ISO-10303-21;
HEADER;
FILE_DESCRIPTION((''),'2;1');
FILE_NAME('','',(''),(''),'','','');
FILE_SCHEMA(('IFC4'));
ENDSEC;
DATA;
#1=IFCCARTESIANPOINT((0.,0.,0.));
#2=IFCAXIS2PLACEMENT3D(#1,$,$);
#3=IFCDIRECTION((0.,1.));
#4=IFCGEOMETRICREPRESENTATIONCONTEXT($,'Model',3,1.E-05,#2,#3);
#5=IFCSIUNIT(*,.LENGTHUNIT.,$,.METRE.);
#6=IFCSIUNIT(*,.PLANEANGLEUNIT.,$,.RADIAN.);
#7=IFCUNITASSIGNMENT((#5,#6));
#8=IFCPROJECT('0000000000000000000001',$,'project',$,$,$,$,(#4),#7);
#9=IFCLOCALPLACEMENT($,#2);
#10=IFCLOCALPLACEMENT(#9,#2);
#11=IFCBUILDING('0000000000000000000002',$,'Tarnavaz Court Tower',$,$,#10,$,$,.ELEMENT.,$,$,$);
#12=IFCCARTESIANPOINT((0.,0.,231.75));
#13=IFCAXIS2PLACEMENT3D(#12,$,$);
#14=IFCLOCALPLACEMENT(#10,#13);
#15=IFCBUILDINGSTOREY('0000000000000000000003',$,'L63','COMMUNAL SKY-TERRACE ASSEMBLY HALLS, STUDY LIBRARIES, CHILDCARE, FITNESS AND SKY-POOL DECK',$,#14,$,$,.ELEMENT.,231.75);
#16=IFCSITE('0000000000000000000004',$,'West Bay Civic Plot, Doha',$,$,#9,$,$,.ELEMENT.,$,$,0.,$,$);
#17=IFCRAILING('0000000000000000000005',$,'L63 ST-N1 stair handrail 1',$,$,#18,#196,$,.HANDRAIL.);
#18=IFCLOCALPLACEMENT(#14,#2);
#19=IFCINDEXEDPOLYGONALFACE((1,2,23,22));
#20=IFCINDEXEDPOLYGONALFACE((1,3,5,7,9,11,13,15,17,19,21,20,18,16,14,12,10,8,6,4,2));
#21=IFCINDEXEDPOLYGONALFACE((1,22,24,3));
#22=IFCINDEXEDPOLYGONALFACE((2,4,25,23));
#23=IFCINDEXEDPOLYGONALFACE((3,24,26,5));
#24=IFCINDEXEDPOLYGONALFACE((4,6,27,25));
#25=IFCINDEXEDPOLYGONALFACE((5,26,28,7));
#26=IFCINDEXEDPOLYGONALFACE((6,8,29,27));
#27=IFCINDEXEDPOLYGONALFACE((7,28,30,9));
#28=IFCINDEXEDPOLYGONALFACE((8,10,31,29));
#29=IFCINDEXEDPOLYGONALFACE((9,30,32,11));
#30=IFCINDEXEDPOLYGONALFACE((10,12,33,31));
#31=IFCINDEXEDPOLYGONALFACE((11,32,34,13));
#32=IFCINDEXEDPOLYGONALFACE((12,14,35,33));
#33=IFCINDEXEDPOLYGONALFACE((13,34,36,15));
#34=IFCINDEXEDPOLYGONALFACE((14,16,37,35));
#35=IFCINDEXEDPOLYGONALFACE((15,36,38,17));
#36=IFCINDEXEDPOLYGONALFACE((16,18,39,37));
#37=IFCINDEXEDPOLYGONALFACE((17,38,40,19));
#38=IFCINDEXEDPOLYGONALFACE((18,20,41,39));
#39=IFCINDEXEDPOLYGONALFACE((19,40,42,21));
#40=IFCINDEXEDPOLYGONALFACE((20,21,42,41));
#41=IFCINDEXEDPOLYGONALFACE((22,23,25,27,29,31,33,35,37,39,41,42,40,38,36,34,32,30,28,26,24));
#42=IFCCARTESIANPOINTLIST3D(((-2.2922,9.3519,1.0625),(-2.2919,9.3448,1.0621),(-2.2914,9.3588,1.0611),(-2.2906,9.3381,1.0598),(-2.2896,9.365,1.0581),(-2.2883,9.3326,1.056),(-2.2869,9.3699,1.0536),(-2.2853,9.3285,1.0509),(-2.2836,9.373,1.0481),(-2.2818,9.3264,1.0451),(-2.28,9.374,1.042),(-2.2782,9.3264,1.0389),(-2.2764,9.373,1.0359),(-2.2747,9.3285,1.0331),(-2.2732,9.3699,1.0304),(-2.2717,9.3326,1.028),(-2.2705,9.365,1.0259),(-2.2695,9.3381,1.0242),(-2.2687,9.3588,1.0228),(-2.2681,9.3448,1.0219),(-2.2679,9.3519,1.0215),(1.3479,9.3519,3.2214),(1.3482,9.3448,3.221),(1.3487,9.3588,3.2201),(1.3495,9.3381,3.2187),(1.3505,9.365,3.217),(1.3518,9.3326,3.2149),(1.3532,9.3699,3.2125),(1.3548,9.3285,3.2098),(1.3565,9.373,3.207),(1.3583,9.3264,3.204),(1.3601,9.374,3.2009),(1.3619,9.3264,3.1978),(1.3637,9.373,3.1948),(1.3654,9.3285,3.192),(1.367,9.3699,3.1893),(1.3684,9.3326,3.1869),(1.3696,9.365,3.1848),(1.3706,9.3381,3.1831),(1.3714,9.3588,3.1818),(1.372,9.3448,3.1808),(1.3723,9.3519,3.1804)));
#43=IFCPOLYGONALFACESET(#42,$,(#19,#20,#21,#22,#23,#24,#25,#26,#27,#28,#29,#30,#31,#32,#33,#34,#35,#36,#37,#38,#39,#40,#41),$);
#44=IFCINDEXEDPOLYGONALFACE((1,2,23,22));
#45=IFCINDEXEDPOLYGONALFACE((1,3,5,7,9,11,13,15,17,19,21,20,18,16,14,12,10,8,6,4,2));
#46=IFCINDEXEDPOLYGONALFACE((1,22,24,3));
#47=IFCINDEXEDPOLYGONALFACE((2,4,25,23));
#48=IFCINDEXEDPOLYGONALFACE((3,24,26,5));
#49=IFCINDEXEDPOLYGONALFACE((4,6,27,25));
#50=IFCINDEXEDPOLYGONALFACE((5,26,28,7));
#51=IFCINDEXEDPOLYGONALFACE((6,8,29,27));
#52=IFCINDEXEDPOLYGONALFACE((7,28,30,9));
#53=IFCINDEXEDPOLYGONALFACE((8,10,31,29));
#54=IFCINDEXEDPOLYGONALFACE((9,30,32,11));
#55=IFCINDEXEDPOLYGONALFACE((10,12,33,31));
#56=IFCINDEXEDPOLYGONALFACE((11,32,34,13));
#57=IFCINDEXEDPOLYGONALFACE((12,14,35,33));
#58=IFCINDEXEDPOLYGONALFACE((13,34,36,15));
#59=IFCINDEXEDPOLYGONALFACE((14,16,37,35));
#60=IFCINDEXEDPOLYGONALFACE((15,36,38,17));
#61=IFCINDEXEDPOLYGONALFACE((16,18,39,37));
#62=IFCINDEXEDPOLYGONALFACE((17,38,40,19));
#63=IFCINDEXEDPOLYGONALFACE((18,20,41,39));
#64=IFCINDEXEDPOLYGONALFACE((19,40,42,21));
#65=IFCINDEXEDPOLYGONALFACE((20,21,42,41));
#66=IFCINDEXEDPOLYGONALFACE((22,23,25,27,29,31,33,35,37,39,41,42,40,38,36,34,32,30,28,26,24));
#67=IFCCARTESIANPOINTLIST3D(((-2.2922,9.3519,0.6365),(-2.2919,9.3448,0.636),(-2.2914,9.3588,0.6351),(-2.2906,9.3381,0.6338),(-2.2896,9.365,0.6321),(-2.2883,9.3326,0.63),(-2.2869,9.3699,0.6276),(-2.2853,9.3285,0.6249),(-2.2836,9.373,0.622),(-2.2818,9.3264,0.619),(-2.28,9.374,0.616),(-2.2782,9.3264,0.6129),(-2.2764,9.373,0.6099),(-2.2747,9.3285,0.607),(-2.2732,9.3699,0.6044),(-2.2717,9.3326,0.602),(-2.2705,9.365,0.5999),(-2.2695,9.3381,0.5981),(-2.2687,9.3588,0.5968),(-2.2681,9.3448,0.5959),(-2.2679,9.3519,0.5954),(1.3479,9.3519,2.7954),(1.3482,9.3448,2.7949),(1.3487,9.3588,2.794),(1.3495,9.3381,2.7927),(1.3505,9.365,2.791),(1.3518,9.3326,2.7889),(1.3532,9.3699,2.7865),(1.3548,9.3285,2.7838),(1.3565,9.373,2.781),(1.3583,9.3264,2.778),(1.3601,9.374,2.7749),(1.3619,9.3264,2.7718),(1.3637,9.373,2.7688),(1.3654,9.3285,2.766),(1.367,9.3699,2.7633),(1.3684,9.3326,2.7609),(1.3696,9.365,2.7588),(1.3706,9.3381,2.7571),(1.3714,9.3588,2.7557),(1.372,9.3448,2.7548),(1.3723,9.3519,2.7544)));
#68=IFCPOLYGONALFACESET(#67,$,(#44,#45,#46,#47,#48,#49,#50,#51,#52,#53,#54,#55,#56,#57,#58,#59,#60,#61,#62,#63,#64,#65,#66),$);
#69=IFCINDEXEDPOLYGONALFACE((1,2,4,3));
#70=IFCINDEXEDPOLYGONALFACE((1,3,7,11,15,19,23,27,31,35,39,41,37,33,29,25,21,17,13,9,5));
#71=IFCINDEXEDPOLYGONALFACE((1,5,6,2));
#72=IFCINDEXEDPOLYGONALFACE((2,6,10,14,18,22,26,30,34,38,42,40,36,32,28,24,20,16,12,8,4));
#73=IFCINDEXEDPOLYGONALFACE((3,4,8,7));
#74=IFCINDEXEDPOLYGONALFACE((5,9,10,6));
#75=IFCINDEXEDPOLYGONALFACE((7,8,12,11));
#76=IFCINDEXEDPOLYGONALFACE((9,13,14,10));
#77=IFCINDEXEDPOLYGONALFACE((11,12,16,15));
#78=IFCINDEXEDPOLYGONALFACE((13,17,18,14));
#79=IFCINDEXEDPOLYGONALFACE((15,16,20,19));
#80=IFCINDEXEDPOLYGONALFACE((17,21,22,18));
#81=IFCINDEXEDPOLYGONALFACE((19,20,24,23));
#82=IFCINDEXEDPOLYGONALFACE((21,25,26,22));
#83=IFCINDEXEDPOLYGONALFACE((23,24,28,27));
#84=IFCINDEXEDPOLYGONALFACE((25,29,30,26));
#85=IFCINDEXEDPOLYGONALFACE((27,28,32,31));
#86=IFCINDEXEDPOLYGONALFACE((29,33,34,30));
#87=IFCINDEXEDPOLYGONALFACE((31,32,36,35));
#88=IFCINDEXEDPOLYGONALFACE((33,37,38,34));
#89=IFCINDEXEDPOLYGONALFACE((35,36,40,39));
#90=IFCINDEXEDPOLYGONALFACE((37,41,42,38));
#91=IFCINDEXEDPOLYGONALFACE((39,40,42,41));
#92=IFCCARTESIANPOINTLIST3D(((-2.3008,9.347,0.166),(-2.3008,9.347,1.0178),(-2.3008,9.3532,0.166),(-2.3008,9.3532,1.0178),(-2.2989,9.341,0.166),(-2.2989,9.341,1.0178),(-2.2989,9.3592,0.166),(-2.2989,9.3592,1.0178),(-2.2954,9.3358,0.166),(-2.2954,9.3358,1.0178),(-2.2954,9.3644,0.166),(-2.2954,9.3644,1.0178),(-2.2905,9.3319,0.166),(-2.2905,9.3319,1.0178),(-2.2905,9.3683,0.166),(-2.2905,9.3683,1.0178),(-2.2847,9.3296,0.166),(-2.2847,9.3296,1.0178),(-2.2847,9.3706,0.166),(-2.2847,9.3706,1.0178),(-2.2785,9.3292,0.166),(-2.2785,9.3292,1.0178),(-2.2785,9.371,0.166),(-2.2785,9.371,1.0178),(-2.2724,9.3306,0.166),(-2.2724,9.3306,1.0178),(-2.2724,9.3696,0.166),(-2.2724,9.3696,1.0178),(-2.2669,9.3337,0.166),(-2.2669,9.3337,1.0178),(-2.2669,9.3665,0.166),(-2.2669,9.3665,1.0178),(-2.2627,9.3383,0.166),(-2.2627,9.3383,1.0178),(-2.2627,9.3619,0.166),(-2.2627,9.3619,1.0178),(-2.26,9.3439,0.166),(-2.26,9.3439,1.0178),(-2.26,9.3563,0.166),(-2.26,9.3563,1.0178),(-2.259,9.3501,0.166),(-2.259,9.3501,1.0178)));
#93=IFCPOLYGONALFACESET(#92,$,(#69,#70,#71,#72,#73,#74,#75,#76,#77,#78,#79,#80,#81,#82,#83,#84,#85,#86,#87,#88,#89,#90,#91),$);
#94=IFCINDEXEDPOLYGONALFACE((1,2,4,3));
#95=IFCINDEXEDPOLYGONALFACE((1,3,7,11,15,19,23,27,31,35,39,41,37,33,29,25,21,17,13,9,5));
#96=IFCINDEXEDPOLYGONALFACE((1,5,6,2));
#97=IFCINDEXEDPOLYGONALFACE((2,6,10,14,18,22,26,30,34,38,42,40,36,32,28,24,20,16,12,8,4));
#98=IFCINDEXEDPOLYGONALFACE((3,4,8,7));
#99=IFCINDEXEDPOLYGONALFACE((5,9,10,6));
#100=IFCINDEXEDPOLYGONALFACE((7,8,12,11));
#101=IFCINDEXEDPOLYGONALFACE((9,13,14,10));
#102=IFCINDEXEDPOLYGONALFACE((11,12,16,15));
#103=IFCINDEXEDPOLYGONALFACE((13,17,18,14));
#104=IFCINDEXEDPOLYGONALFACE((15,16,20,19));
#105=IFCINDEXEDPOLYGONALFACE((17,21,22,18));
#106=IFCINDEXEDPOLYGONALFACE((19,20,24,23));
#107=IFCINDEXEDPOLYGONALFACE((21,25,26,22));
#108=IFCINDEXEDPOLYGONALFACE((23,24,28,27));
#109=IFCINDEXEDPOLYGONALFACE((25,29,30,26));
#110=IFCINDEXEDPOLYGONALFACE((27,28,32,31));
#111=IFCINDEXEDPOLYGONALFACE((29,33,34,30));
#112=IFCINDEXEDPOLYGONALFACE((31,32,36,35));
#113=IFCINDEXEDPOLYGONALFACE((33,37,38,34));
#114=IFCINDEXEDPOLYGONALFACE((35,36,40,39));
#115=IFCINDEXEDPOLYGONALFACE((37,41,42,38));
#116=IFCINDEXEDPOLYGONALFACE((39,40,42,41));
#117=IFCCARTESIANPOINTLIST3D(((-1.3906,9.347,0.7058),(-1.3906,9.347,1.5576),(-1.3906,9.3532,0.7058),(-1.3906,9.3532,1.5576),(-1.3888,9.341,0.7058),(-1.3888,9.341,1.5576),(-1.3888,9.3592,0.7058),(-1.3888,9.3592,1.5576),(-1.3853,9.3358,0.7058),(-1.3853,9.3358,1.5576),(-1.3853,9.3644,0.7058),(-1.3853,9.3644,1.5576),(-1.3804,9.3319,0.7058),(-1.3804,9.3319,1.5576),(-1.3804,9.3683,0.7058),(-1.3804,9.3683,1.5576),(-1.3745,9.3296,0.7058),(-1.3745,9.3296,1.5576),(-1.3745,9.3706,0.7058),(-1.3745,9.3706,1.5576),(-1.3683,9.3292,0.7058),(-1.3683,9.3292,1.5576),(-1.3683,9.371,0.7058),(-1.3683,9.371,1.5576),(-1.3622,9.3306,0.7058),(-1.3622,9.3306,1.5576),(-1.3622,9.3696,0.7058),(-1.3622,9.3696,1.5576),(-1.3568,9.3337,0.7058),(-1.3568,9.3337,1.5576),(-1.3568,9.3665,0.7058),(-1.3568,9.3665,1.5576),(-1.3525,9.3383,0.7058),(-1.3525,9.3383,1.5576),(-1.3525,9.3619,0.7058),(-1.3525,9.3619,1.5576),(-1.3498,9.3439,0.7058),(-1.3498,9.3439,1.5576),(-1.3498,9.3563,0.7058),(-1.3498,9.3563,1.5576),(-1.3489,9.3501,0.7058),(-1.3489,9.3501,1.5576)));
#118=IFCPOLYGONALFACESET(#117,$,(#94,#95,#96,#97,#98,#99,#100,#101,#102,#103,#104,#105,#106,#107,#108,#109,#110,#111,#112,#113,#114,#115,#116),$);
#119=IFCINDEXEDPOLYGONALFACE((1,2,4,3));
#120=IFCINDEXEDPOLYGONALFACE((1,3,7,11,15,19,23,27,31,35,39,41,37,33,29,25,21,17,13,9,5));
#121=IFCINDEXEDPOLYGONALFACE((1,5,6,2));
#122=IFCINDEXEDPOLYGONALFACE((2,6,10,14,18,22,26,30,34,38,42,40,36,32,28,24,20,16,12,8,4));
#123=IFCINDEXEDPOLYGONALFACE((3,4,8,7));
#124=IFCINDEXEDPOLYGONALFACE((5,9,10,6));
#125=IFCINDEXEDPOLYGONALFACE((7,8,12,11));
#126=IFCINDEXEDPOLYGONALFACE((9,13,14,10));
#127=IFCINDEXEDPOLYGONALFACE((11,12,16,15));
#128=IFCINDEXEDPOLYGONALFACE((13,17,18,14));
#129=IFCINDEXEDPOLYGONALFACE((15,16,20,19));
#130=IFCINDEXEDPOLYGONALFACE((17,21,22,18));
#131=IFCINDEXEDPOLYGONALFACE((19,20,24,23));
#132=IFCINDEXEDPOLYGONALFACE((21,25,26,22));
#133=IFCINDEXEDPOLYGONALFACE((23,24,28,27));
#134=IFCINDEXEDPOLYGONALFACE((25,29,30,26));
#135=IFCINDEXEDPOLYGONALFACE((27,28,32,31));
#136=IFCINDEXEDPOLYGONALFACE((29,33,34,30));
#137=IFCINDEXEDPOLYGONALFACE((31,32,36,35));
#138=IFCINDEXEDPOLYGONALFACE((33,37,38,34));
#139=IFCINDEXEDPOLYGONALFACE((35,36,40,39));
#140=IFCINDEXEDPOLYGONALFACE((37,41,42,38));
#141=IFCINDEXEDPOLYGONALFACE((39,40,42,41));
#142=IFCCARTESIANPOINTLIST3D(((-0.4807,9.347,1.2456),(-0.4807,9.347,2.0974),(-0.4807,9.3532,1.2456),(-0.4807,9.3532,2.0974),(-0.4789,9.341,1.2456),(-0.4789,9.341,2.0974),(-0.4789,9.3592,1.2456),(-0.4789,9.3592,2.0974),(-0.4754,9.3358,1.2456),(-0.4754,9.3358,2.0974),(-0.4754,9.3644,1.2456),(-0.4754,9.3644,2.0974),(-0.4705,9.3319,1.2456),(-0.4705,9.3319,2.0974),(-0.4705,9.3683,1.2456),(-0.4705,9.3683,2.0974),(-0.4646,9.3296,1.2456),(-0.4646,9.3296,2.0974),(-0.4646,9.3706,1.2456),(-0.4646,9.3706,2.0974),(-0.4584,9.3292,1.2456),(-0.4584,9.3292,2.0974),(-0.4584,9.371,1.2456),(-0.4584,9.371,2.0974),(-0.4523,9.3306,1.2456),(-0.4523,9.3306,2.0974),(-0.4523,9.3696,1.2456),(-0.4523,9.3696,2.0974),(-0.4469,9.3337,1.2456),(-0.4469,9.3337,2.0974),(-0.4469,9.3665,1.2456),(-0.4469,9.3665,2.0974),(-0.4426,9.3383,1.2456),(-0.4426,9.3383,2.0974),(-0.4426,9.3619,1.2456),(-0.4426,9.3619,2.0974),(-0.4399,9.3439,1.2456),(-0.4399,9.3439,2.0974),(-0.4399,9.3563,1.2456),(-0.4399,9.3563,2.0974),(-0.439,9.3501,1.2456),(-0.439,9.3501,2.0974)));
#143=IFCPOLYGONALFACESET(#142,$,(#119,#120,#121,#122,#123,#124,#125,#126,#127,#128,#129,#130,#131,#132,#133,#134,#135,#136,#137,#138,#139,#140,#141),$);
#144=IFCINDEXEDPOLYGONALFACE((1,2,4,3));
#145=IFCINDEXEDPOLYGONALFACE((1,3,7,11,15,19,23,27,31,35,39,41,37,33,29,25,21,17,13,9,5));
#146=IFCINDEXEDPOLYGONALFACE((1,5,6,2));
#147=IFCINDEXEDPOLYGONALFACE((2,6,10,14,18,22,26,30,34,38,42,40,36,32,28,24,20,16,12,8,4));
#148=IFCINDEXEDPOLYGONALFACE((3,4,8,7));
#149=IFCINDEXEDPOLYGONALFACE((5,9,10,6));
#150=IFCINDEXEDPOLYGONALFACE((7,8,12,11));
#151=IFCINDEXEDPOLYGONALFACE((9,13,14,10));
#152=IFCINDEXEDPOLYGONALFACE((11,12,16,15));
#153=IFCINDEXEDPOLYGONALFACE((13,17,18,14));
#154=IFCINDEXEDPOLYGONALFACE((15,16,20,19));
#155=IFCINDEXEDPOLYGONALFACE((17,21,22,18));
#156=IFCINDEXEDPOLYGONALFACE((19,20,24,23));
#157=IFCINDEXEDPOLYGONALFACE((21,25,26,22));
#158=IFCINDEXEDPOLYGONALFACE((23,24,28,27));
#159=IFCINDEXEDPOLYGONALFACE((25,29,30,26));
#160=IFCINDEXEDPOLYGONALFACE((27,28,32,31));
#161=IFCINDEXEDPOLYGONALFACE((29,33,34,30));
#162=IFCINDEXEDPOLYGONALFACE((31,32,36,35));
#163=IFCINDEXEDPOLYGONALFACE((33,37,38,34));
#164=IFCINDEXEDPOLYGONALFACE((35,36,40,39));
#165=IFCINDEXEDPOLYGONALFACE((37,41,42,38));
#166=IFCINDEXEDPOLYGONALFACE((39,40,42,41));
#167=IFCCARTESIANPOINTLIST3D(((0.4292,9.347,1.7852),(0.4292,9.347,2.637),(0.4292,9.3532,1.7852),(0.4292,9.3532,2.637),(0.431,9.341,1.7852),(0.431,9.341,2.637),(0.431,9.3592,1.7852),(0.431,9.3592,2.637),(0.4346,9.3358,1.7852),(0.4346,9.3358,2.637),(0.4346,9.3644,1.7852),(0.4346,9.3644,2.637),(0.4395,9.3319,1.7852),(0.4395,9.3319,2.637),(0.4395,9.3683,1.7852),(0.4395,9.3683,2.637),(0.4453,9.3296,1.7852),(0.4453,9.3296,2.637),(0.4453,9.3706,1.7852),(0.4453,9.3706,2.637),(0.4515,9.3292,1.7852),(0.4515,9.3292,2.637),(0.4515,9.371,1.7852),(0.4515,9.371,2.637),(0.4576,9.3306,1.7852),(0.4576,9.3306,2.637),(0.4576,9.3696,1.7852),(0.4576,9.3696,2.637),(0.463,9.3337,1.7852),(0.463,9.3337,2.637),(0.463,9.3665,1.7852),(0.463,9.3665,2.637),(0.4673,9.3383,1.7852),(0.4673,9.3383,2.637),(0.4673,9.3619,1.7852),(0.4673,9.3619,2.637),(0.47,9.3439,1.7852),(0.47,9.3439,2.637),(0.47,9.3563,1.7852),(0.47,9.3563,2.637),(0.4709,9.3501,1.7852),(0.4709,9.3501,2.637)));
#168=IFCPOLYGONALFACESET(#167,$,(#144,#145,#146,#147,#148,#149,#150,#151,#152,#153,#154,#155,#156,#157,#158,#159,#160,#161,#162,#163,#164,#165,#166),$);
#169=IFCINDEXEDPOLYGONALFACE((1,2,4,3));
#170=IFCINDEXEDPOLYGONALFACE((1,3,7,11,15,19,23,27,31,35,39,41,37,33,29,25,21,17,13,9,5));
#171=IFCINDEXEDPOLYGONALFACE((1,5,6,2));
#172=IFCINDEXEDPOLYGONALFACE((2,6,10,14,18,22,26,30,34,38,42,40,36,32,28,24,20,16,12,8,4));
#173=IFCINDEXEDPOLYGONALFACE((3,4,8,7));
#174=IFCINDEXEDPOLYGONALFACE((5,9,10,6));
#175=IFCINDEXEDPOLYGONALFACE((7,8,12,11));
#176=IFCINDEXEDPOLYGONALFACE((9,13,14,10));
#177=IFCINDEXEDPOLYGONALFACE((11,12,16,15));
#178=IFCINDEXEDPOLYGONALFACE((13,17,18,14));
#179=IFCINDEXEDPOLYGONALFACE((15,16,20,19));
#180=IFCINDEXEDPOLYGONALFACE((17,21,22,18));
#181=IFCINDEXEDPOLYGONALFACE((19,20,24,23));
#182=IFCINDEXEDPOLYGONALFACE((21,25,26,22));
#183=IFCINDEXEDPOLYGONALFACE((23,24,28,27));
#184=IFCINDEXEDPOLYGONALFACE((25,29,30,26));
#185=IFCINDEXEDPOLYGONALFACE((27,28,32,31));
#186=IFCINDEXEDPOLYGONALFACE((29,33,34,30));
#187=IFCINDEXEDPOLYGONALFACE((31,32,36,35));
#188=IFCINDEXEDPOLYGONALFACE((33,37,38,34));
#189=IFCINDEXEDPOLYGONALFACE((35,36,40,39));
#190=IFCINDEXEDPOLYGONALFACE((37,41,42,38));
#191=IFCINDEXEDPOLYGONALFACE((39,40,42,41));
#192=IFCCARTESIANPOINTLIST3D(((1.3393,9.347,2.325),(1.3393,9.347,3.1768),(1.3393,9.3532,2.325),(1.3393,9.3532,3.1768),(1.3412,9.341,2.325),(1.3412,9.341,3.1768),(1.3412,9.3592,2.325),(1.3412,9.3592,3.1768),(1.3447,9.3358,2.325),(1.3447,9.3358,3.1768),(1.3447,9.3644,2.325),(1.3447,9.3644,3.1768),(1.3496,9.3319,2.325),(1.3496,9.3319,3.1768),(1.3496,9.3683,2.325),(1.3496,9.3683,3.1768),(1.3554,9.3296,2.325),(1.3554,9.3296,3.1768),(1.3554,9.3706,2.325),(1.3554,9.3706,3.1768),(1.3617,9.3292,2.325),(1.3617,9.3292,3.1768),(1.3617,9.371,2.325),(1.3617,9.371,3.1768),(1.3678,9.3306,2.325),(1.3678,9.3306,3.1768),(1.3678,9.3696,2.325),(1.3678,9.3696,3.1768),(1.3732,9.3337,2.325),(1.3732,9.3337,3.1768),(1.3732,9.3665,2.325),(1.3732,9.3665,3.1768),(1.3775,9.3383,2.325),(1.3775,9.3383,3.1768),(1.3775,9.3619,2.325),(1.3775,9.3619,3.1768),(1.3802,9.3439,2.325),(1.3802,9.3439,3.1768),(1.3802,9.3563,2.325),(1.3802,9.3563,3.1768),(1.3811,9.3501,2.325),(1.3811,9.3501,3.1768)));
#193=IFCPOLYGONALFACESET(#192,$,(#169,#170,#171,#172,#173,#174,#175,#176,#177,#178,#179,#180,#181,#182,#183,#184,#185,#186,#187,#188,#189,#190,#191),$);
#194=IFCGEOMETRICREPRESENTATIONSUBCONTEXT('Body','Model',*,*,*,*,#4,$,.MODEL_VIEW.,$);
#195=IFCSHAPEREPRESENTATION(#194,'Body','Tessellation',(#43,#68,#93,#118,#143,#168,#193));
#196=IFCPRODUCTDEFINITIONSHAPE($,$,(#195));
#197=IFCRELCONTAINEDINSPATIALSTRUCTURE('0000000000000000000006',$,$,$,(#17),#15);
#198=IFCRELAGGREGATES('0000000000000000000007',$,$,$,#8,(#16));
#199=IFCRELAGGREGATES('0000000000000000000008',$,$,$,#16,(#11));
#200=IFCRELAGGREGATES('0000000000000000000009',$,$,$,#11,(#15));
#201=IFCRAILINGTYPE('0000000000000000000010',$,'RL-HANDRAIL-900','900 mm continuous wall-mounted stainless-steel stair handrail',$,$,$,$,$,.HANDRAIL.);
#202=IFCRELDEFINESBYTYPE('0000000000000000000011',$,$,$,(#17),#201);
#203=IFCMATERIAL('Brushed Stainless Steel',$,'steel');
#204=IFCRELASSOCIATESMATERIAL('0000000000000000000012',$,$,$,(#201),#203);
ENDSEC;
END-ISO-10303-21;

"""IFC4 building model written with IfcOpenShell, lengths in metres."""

from ifc_helpers import new_model, si_unit, direction, frame, origin, origin_2d, place, context, subcontext, project, spatial, circle, extrude, material, type_object, element, save


model = new_model("IFC4")

# Units and contexts
model_context = context("Model", 3, precision=1e-05, world=origin(), true_north=direction((0.0, 1.0)))
body_context = subcontext(model_context, "Body", "Model", "MODEL_VIEW")
ifc_project = project(units=[si_unit("LENGTHUNIT", "METRE"), si_unit("PLANEANGLEUNIT", "RADIAN")], contexts=[model_context])

# Site, building, storey
site_placement = place(None, origin())
site = spatial("IfcSite", under=ifc_project, at=site_placement, Name="West Bay Civic Plot, Doha", CompositionType="ELEMENT", RefElevation=0.0)
building_placement = place(site_placement, origin())
building = spatial("IfcBuilding", under=site, at=building_placement, Name="Tarnavaz Court Tower", CompositionType="ELEMENT")
storey_placement = place(building_placement, frame((0.0, 0.0, 231.75)))
storey = spatial("IfcBuildingStorey", under=building, at=storey_placement, Name="L63", Description="COMMUNAL SKY-TERRACE ASSEMBLY HALLS, STUDY LIBRARIES, CHILDCARE, FITNESS AND SKY-POOL DECK", CompositionType="ELEMENT", Elevation=231.75)

# Railing
ifc_material_1 = material(Name="Brushed Stainless Steel", Category="steel")
railing_type_1 = type_object("IfcRailingType", Name="RL-HANDRAIL-900", Description="900 mm continuous wall-mounted stainless-steel stair handrail", PredefinedType="HANDRAIL", material=ifc_material_1)
railing_1_placement = place(storey_placement, frame((-2.28, 9.3501, 0.166)))
element("IfcRailing", 1, at=railing_1_placement, inside=storey, type_object=railing_type_1, Name="L63 ST-N1 stair handrail 1", PredefinedType="HANDRAIL", context=body_context, shape_type="SweptSolid", body=[
    extrude(circle(Radius=0.0239, at=origin_2d()), frame((0.0, 0.0, 0.876), z_axis=(0.860103, 0.0, 0.51012), x_axis=(0.0, 1.0, 0.0)), (0.0, 0.0, 1.0), 4.2322),
    extrude(circle(Radius=0.0239, at=origin_2d()), frame((0.0, 0.0, 0.45), z_axis=(0.860103, 0.0, 0.51012), x_axis=(0.0, 1.0, 0.0)), (0.0, 0.0, 1.0), 4.2322),
    extrude(circle(Radius=0.021, at=origin_2d()), origin(), (0.0, 0.0, 1.0), 0.8518),
    extrude(circle(Radius=0.021, at=origin_2d()), frame((0.9102, 0.0, 0.5398)), (0.0, 0.0, 1.0), 0.8518),
    extrude(circle(Radius=0.021, at=origin_2d()), frame((1.8201, 0.0, 1.0796)), (0.0, 0.0, 1.0), 0.8518),
    extrude(circle(Radius=0.021, at=origin_2d()), frame((2.73, 0.0, 1.6191)), (0.0, 0.0, 1.0), 0.8518),
    extrude(circle(Radius=0.021, at=origin_2d()), frame((3.6401, 0.0, 2.1589)), (0.0, 0.0, 1.0), 0.8518),
])

save(model, "model.ifc")
